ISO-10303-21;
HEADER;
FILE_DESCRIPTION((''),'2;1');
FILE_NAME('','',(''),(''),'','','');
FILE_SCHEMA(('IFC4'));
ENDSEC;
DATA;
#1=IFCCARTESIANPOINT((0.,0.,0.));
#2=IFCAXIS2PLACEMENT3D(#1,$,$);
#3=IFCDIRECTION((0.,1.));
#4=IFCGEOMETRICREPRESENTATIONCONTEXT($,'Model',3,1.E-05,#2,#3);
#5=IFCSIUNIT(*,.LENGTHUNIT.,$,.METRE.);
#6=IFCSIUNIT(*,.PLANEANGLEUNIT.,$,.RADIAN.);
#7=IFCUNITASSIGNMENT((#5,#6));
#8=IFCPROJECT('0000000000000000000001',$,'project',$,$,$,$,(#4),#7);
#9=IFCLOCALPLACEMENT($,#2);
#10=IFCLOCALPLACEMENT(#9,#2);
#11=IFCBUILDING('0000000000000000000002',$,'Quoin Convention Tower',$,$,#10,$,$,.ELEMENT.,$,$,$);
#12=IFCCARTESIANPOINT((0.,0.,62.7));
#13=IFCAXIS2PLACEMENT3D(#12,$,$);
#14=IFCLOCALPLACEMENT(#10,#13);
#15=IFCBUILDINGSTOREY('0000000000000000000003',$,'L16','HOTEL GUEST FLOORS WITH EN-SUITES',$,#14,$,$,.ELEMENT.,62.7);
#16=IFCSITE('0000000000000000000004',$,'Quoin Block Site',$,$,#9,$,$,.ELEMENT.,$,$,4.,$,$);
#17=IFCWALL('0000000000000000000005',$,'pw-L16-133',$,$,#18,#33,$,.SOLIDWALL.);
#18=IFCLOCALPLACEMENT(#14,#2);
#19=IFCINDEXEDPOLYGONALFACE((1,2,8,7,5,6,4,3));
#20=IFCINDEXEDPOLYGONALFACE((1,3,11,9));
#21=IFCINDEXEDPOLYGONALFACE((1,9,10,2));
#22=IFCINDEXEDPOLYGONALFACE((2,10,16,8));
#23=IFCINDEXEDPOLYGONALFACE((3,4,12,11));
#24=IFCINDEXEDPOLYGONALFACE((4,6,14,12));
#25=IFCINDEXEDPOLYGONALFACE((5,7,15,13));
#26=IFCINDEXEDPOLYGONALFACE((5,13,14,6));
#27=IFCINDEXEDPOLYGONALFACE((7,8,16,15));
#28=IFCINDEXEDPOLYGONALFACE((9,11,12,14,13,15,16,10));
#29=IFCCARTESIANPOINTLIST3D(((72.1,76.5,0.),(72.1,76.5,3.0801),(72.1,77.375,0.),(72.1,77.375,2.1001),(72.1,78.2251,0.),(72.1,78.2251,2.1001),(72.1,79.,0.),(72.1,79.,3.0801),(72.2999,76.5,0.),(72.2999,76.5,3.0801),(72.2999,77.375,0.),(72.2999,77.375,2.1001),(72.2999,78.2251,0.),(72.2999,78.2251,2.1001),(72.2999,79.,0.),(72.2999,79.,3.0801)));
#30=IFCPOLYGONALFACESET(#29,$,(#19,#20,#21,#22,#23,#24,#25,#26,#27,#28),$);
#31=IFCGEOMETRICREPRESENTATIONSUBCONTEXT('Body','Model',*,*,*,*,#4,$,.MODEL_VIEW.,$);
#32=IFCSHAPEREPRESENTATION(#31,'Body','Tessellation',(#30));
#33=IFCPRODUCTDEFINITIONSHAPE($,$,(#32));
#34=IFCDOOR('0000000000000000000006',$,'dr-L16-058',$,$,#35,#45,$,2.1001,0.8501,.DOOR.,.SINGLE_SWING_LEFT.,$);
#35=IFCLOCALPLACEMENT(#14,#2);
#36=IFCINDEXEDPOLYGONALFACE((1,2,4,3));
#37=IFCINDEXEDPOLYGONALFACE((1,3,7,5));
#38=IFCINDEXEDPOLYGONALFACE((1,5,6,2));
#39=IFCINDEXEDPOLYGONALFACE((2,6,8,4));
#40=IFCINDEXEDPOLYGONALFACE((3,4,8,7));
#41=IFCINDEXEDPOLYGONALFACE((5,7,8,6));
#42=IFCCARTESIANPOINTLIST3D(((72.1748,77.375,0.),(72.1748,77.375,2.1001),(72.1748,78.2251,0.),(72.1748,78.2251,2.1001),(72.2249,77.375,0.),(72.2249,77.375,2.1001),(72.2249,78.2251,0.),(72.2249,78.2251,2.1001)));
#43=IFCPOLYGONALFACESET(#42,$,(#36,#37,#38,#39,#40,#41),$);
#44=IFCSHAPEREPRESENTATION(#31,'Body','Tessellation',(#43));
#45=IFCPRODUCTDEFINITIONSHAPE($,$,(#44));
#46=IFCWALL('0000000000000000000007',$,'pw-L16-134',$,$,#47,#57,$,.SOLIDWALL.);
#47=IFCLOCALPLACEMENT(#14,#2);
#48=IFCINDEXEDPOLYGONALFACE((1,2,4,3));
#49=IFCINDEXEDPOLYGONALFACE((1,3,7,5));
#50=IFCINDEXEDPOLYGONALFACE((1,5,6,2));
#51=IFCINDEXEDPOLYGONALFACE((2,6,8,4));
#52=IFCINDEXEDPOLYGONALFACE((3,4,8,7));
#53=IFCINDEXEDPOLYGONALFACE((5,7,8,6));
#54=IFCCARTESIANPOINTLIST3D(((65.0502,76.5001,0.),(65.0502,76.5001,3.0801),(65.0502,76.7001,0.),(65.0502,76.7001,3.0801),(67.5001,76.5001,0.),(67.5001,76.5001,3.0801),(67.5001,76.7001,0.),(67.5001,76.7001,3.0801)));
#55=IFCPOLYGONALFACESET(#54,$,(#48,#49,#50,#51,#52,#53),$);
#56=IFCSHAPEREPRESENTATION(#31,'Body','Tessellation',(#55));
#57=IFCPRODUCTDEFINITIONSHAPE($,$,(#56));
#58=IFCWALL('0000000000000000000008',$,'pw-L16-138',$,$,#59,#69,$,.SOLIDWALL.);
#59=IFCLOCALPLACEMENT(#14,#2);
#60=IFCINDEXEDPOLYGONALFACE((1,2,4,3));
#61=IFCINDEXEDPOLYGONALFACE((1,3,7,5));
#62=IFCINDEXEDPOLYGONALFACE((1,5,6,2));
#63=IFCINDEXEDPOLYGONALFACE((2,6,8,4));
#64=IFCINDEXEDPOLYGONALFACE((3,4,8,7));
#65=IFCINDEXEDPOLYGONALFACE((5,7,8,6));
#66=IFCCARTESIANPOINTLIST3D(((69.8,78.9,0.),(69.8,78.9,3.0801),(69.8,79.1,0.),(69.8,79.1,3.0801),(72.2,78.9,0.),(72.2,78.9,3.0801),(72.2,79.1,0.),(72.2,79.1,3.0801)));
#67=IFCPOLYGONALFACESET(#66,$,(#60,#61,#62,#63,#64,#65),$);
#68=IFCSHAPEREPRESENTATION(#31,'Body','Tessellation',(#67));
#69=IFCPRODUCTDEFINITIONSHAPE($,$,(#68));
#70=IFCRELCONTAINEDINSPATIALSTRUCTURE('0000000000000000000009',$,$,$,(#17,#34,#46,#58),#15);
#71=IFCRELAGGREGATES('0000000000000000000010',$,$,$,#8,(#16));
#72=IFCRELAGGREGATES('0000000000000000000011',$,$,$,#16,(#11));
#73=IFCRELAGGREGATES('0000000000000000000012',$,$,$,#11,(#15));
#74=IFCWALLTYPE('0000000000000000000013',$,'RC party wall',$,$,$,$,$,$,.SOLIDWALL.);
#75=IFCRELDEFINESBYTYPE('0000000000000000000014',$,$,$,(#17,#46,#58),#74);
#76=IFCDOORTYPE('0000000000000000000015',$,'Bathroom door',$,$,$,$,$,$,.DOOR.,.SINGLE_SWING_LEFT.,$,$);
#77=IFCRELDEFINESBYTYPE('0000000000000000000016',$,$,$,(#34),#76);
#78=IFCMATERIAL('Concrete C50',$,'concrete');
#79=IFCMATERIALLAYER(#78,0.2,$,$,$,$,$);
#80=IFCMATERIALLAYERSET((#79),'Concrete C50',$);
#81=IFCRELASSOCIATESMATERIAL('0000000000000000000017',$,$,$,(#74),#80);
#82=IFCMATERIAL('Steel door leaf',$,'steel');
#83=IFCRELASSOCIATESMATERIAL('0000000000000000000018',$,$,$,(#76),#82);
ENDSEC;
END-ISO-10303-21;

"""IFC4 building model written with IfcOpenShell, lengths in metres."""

from ifc_helpers import new_model, si_unit, direction, frame, frame_2d, origin, place, context, subcontext, project, spatial, rectangle, extrude, material, layer, layer_set, type_object, element, fill, save


model = new_model("IFC4")

# Units and contexts
model_context = context("Model", 3, precision=1e-05, world=origin(), true_north=direction((0.0, 1.0)))
body_context = subcontext(model_context, "Body", "Model", "MODEL_VIEW")
ifc_project = project(units=[si_unit("LENGTHUNIT", "METRE"), si_unit("PLANEANGLEUNIT", "RADIAN")], contexts=[model_context])

# Site, building, storey
site_placement = place(None, origin())
site = spatial("IfcSite", under=ifc_project, at=site_placement, Name="Quoin Block Site", CompositionType="ELEMENT", RefElevation=4.0)
building_placement = place(site_placement, origin())
building = spatial("IfcBuilding", under=site, at=building_placement, Name="Quoin Convention Tower", CompositionType="ELEMENT")
storey_placement = place(building_placement, frame((0.0, 0.0, 62.7)))
storey = spatial("IfcBuildingStorey", under=building, at=storey_placement, Name="L16", Description="HOTEL GUEST FLOORS WITH EN-SUITES", CompositionType="ELEMENT", Elevation=62.7)

# Shared definitions
ifc_material_1 = material(Name="Concrete C50", Category="concrete")
ifc_layer_1 = layer(ifc_material_1, 0.2)
ifc_layer_set_1 = layer_set([ifc_layer_1], Name="Concrete C50")
wall_type_1 = type_object("IfcWallType", Name="RC party wall", PredefinedType="SOLIDWALL", material=ifc_layer_set_1)

# Wall, opening, door
wall_1_placement = place(storey_placement, frame((72.2, 76.5, 0.0), z_axis=(0.0, 0.0, 1.0), x_axis=(0.0, 1.0, 0.0)))
wall_1 = element("IfcWall", 1, at=wall_1_placement, inside=storey, type_object=wall_type_1, Name="pw-L16-133", PredefinedType="SOLIDWALL", context=body_context, shape_type="SweptSolid", body=[
    extrude(rectangle(XDim=2.5, YDim=0.2, at=frame_2d((1.25, 0.0))), origin(), (0.0, 0.0, 1.0), 3.0801),
])
opening_1_placement = place(wall_1_placement, frame((0.875, 0.0, 0.0)))
opening_1 = element("IfcOpeningElement", 2, at=opening_1_placement, cuts=wall_1, PredefinedType="OPENING", context=body_context, shape_type="SweptSolid", body=[
    extrude(rectangle(XDim=0.8501, YDim=2.1001, at=frame_2d((0.425, 1.05))), frame((0.0, 0.1099, 0.0), z_axis=(0.0, -1.0, 0.0), x_axis=(1.0, 0.0, 0.0)), (0.0, 0.0, 1.0), 0.22),
])
ifc_material_2 = material(Name="Steel door leaf", Category="steel")
door_type = type_object("IfcDoorType", Name="Bathroom door", OperationType="SINGLE_SWING_LEFT", PredefinedType="DOOR", material=ifc_material_2)
door_placement = place(opening_1_placement, frame((0.8501, 0.0, 0.0), z_axis=(0.0, 0.0, 1.0), x_axis=(-1.0, 0.0, 0.0)))
door = element("IfcDoor", 3, at=door_placement, inside=storey, type_object=door_type, Name="dr-L16-058", OperationType="SINGLE_SWING_LEFT", OverallHeight=2.1001, OverallWidth=0.8501, PredefinedType="DOOR", context=body_context, shape_type="SweptSolid", body=[
    extrude(rectangle(XDim=0.8501, YDim=2.1001, at=frame_2d((0.425, 1.05))), frame((0.0, 0.0249, 0.0), z_axis=(0.0, -1.0, 0.0), x_axis=(1.0, 0.0, 0.0)), (0.0, 0.0, 1.0), 0.05),
])
fill(opening_1, door)

# Walls
wall_2_placement = place(storey_placement, frame((65.05, 76.6001, 0.0), z_axis=(0.0, 0.0, 1.0), x_axis=(1.0, 0.0, 0.0)))
element("IfcWall", 4, at=wall_2_placement, inside=storey, type_object=wall_type_1, Name="pw-L16-134", PredefinedType="SOLIDWALL", context=body_context, shape_type="SweptSolid", body=[
    extrude(rectangle(XDim=2.45, YDim=0.2, at=frame_2d((1.2251, 0.0))), origin(), (0.0, 0.0, 1.0), 3.0801),
])
wall_3_placement = place(storey_placement, frame((69.8, 79.0, 0.0), z_axis=(0.0, 0.0, 1.0), x_axis=(1.0, 0.0, 0.0)))
element("IfcWall", 5, at=wall_3_placement, inside=storey, type_object=wall_type_1, Name="pw-L16-138", PredefinedType="SOLIDWALL", context=body_context, shape_type="SweptSolid", body=[
    extrude(rectangle(XDim=2.3999, YDim=0.2, at=frame_2d((1.2, 0.0))), origin(), (0.0, 0.0, 1.0), 3.0801),
])

save(model, "model.ifc")
